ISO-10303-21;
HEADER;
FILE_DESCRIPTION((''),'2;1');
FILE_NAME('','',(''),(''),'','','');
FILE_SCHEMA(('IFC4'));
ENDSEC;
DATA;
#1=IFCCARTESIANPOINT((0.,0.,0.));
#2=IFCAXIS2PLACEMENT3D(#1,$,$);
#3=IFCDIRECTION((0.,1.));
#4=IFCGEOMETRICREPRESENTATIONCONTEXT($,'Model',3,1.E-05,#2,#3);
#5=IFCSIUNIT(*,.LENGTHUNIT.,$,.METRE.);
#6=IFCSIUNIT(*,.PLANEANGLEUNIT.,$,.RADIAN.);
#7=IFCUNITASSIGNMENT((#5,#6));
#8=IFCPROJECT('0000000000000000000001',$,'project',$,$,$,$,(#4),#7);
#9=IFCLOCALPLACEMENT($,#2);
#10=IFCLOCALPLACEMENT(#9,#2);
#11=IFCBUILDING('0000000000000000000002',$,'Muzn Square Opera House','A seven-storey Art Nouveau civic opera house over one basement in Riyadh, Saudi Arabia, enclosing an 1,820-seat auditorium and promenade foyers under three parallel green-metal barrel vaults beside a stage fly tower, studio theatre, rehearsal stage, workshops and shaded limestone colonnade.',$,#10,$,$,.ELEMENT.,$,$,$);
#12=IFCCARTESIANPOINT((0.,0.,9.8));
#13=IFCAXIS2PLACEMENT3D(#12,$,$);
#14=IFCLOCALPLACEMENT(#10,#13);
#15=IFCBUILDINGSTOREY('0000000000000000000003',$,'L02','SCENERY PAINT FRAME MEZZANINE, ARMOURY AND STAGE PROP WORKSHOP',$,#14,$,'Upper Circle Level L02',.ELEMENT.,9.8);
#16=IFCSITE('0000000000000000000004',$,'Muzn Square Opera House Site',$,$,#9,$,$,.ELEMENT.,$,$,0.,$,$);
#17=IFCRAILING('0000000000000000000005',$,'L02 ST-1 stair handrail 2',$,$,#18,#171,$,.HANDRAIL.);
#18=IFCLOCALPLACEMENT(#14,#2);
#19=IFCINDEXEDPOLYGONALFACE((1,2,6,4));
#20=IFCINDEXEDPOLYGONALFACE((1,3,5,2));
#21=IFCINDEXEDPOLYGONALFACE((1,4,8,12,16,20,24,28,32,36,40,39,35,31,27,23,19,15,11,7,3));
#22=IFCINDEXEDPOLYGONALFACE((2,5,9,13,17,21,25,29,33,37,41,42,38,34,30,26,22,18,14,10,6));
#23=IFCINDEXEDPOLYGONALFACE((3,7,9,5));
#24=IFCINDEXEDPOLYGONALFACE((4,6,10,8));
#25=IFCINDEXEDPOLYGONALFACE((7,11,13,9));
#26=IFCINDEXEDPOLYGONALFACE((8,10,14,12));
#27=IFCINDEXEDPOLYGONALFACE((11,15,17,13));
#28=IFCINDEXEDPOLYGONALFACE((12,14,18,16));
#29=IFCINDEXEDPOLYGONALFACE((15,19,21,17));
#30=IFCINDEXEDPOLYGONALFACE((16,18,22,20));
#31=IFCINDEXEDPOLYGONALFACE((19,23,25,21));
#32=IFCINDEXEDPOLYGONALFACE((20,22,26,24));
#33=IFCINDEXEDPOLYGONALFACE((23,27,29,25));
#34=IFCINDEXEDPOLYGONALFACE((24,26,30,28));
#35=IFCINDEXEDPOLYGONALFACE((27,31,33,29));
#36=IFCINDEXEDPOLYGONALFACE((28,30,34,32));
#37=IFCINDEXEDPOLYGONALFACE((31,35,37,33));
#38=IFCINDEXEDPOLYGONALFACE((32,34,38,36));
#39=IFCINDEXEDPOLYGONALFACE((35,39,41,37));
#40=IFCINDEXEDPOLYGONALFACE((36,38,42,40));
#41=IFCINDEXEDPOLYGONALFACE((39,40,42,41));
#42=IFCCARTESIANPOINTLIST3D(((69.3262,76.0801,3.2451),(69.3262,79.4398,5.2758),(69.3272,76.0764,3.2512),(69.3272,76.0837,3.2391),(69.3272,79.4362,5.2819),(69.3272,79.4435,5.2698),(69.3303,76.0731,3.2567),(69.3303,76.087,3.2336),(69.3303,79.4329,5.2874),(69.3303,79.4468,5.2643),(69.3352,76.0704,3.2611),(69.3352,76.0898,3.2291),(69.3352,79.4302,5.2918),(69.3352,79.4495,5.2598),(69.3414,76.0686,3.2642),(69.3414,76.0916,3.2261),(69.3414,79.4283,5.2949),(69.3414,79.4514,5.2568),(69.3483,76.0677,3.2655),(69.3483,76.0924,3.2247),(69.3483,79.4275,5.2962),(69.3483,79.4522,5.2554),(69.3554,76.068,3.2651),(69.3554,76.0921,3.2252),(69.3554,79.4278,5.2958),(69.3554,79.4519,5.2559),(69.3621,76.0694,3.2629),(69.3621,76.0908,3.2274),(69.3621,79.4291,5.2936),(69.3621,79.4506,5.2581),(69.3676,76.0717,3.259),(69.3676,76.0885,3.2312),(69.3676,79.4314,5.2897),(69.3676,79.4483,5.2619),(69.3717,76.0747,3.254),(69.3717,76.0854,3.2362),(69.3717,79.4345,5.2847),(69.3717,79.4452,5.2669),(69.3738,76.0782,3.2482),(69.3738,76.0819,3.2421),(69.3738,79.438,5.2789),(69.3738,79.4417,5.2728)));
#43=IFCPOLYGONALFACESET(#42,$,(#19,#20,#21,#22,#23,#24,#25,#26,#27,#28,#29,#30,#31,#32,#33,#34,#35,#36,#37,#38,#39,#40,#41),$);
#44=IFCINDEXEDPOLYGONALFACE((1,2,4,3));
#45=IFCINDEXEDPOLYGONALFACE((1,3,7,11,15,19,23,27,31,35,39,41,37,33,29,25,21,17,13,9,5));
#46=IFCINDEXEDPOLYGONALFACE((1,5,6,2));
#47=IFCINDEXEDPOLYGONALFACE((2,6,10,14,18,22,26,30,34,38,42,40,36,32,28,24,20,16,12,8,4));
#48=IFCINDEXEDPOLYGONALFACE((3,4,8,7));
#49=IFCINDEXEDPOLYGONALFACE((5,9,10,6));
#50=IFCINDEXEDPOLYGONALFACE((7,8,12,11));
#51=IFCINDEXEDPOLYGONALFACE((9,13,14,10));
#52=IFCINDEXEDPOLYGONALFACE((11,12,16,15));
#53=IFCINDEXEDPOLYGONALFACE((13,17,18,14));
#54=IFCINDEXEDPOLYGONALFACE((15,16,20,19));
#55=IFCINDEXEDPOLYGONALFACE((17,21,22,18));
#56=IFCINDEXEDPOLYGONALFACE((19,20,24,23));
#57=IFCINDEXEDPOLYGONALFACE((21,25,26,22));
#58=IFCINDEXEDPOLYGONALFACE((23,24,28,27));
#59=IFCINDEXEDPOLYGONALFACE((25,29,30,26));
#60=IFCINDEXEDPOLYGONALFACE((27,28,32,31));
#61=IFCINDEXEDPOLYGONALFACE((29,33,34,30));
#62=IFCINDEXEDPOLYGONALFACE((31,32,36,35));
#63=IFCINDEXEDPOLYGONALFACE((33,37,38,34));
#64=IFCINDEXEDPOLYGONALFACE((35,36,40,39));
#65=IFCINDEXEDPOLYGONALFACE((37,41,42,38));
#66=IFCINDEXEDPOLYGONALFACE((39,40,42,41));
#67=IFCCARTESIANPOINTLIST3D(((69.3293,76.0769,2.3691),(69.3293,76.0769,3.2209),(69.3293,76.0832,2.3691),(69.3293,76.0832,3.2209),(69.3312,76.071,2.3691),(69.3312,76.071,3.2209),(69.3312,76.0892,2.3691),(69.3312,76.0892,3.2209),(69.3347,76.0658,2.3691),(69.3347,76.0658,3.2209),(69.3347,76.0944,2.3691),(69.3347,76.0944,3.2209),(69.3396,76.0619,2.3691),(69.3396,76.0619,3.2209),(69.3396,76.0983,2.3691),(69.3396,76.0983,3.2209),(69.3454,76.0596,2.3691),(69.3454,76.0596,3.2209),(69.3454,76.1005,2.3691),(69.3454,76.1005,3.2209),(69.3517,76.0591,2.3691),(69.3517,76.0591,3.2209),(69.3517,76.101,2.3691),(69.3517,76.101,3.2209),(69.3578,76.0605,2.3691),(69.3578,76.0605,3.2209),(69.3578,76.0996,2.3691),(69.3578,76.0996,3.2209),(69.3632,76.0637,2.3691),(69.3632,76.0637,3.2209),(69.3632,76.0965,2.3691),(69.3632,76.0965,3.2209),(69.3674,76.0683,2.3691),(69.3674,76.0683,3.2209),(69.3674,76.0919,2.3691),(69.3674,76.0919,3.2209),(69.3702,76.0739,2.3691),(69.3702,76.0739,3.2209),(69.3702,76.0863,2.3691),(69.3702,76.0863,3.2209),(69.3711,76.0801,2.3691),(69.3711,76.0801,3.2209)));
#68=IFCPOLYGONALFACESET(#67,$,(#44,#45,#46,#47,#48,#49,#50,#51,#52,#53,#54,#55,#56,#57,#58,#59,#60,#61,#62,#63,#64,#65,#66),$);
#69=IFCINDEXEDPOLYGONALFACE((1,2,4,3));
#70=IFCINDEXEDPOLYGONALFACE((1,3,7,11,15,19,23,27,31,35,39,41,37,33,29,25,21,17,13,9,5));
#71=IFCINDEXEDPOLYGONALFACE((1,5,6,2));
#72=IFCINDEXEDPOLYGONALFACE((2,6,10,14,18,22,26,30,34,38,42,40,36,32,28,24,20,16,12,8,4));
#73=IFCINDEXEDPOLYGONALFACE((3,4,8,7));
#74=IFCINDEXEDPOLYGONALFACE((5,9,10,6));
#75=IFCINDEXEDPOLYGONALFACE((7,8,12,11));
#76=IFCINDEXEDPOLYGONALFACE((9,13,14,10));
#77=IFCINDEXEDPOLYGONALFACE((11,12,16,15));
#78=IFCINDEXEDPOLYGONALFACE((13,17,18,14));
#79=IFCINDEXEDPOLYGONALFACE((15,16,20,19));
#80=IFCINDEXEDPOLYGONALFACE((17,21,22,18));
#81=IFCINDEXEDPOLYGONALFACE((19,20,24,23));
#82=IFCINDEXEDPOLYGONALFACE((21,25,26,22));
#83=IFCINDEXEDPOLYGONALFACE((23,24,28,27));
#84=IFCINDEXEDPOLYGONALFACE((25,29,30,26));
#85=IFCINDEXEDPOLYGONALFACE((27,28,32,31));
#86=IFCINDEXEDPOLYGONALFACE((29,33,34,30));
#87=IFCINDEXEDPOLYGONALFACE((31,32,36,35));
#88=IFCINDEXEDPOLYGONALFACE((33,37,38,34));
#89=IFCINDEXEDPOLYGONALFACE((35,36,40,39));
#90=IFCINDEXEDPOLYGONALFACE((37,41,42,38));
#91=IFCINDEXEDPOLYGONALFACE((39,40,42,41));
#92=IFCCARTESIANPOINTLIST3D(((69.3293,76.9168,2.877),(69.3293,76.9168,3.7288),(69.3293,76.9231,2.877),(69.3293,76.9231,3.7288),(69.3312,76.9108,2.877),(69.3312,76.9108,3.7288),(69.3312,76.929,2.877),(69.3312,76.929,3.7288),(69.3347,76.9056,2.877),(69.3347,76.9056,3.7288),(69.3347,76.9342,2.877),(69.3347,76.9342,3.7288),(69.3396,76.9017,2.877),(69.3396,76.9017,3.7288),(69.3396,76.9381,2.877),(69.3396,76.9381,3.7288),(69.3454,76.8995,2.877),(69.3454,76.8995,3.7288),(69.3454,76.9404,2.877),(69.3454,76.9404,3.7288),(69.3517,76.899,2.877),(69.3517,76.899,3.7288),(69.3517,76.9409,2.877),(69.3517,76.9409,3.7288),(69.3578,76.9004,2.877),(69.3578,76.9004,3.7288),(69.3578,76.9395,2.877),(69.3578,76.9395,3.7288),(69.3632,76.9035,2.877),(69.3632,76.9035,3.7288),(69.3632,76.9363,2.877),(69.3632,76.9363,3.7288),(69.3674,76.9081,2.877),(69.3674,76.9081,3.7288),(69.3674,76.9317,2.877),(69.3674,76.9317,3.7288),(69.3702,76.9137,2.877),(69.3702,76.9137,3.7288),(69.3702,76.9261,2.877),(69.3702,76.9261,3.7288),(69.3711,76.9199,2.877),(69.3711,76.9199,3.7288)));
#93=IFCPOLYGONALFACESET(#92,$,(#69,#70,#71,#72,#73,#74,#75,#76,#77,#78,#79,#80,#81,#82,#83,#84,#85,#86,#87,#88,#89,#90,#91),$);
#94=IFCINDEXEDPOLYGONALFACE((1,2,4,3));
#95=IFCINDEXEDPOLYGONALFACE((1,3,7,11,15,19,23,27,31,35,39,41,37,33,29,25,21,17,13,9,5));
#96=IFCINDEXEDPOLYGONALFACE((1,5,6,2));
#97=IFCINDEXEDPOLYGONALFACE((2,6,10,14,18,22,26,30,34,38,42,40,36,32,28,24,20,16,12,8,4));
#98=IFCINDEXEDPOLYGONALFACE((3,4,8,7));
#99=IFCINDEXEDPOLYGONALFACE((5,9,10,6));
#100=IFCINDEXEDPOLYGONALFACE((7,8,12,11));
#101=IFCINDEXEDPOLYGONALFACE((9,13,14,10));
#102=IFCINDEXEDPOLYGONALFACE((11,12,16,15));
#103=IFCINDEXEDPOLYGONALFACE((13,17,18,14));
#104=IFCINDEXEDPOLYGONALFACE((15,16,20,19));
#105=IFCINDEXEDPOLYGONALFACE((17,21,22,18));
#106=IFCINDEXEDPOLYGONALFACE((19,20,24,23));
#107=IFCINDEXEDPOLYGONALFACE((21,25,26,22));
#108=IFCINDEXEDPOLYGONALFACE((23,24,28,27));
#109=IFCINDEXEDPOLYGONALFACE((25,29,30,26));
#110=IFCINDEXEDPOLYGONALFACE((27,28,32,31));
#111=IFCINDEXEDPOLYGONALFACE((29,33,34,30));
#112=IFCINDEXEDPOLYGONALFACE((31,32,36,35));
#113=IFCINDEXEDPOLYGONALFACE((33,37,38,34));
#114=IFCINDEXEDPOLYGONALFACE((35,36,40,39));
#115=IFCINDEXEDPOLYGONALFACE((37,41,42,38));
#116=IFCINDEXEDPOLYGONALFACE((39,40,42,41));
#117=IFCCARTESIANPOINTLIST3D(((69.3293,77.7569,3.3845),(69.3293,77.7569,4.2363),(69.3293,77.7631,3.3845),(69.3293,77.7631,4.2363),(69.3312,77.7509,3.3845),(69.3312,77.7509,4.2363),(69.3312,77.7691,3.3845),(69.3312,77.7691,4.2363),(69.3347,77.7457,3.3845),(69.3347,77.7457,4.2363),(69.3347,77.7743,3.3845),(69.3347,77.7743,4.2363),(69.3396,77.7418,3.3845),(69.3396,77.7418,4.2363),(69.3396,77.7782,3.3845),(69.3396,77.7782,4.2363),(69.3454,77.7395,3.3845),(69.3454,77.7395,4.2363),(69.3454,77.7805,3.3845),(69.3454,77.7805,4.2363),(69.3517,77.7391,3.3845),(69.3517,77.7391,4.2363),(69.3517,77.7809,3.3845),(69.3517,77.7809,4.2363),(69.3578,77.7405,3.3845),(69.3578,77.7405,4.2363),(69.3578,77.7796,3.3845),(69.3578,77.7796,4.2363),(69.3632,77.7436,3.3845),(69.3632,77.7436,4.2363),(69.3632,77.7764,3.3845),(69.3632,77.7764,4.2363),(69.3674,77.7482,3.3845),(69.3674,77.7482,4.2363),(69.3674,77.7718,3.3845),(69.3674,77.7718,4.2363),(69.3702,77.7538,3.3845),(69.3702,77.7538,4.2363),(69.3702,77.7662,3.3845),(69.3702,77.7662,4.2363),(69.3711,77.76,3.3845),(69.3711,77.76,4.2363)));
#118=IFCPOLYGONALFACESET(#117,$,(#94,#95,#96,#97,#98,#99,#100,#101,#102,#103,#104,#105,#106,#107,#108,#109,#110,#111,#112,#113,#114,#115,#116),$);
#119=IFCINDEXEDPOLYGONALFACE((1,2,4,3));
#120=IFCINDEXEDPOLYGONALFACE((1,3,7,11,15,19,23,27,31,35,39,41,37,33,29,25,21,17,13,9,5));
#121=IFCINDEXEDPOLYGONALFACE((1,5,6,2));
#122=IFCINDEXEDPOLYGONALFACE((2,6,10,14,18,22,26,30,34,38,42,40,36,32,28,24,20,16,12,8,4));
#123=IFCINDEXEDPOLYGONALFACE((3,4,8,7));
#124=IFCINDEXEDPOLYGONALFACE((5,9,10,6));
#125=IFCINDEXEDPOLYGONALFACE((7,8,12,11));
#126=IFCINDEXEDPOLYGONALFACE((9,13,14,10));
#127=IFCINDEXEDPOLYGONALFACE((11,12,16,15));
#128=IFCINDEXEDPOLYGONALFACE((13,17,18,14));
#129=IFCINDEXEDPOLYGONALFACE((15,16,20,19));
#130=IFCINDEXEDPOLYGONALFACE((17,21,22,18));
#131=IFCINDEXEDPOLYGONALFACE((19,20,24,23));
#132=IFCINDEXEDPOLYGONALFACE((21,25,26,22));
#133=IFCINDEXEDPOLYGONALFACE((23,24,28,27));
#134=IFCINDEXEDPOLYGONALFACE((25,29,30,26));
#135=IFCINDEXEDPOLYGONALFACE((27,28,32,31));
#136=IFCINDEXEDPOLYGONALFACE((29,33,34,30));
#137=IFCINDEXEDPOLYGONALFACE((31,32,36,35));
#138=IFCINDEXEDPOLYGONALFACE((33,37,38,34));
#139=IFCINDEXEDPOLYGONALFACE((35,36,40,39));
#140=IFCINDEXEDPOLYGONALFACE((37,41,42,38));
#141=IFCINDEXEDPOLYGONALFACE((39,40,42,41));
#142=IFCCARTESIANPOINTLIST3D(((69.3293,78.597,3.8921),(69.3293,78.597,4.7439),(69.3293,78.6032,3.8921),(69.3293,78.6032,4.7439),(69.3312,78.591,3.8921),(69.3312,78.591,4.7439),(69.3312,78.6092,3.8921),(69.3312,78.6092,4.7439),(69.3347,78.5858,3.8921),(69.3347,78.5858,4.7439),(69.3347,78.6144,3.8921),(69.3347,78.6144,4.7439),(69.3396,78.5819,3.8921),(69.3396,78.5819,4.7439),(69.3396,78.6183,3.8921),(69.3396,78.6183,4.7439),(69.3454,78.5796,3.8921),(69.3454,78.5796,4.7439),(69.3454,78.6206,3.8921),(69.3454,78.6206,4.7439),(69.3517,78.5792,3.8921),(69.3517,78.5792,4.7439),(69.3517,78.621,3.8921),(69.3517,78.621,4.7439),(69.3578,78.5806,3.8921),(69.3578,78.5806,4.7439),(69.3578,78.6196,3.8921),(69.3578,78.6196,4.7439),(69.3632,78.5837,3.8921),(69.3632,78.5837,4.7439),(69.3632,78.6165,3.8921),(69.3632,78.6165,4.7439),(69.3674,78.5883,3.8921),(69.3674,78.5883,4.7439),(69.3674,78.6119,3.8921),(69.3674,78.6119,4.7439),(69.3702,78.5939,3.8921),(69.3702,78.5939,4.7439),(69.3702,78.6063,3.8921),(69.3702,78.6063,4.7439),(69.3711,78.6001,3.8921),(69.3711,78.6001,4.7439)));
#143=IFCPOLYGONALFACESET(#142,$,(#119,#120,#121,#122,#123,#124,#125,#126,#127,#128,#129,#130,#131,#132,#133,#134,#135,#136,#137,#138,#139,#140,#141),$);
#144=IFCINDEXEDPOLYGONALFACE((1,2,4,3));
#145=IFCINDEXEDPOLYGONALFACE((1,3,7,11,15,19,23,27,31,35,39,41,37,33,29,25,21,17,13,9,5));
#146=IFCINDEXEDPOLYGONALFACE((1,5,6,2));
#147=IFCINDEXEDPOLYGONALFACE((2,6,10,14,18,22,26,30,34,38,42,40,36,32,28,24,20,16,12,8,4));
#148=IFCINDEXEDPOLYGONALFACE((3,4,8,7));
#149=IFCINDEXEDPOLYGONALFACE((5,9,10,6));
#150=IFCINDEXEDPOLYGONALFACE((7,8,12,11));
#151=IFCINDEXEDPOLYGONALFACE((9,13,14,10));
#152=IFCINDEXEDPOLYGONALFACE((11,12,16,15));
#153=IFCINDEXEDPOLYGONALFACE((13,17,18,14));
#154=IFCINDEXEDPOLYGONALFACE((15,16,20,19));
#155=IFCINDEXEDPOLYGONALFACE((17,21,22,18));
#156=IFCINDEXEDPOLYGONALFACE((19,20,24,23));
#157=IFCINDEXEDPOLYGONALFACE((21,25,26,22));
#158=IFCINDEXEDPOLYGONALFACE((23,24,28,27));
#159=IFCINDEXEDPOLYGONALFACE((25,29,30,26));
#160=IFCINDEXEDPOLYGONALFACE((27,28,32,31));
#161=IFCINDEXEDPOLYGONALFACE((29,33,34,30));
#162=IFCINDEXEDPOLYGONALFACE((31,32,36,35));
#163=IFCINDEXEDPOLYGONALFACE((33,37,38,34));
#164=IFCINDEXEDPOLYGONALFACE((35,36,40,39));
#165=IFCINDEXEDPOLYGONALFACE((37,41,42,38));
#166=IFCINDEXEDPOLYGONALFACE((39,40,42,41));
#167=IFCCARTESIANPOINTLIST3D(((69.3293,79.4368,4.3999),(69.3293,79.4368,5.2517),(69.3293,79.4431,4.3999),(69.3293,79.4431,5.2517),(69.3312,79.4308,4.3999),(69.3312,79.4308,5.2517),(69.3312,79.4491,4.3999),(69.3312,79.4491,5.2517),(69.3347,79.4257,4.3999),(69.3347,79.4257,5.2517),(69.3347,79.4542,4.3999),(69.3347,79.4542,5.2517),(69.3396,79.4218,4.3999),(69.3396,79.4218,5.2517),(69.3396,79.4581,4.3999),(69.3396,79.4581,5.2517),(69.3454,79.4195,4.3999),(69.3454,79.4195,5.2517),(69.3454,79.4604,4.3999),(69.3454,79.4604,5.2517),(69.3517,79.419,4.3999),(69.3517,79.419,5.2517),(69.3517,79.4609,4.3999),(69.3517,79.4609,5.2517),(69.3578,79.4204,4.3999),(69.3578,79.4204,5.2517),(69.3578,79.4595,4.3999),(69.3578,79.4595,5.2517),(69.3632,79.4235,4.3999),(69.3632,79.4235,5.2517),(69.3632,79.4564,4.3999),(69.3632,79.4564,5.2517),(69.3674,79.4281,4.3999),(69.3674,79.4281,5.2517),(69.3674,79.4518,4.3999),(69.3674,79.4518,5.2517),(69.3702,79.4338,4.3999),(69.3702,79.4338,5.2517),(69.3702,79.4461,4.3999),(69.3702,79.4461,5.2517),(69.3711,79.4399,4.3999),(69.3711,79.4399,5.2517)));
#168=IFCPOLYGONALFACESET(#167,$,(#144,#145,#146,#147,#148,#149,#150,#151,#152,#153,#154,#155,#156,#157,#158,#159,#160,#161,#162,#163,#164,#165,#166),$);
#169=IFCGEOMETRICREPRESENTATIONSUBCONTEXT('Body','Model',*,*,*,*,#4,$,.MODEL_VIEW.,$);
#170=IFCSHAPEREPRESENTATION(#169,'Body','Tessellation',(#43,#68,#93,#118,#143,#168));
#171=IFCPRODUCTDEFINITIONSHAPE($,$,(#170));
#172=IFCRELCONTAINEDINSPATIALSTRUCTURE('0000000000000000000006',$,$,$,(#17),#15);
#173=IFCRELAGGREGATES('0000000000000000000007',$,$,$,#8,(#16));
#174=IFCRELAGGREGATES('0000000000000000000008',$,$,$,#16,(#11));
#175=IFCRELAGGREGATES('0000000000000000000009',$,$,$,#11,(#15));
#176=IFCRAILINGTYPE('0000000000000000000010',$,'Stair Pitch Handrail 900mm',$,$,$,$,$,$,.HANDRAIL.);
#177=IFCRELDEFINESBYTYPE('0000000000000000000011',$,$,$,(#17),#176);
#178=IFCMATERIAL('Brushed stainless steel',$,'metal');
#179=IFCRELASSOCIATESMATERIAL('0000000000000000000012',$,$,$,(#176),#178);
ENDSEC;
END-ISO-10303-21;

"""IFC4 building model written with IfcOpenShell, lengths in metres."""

from ifc_helpers import new_model, si_unit, direction, frame, origin, origin_2d, place, context, subcontext, project, spatial, circle, extrude, material, type_object, element, save


model = new_model("IFC4")

# Units and contexts
model_context = context("Model", 3, precision=1e-05, world=origin(), true_north=direction((0.0, 1.0)))
body_context = subcontext(model_context, "Body", "Model", "MODEL_VIEW")
ifc_project = project(units=[si_unit("LENGTHUNIT", "METRE"), si_unit("PLANEANGLEUNIT", "RADIAN")], contexts=[model_context])

# Site, building, storey
site_placement = place(None, origin())
site = spatial("IfcSite", under=ifc_project, at=site_placement, Name="Muzn Square Opera House Site", CompositionType="ELEMENT", RefElevation=0.0)
building_placement = place(site_placement, origin())
building = spatial("IfcBuilding", under=site, at=building_placement, Name="Muzn Square Opera House", Description="A seven-storey Art Nouveau civic opera house over one basement in Riyadh, Saudi Arabia, enclosing an 1,820-seat auditorium and promenade foyers under three parallel green-metal barrel vaults beside a stage fly tower, studio theatre, rehearsal stage, workshops and shaded limestone colonnade.", CompositionType="ELEMENT")
storey_placement = place(building_placement, frame((0.0, 0.0, 9.8)))
storey = spatial("IfcBuildingStorey", under=building, at=storey_placement, Name="L02", Description="SCENERY PAINT FRAME MEZZANINE, ARMOURY AND STAGE PROP WORKSHOP", LongName="Upper Circle Level L02", CompositionType="ELEMENT", Elevation=9.8)

# Railing
ifc_material_1 = material(Name="Brushed stainless steel", Category="metal")
railing_type_1 = type_object("IfcRailingType", Name="Stair Pitch Handrail 900mm", PredefinedType="HANDRAIL", material=ifc_material_1)
railing_1_placement = place(storey_placement, frame((69.3501, 76.0801, 2.3691)))
element("IfcRailing", 1, at=railing_1_placement, inside=storey, type_object=railing_type_1, Name="L02 ST-1 stair handrail 2", PredefinedType="HANDRAIL", context=body_context, shape_type="SweptSolid", body=[
    extrude(circle(Radius=0.0239, at=origin_2d()), frame((0.0, 0.0, 0.876), z_axis=(0.0, 0.85582, 0.517273), x_axis=(-1.0, 0.0, 0.0)), (0.0, 0.0, 1.0), 3.9258),
    extrude(circle(Radius=0.021, at=origin_2d()), origin(), (0.0, 0.0, 1.0), 0.8518),
    extrude(circle(Radius=0.021, at=origin_2d()), frame((0.0, 0.8398, 0.5078)), (0.0, 0.0, 1.0), 0.8518),
    extrude(circle(Radius=0.021, at=origin_2d()), frame((0.0, 1.6799, 1.0154)), (0.0, 0.0, 1.0), 0.8518),
    extrude(circle(Radius=0.021, at=origin_2d()), frame((0.0, 2.52, 1.5229)), (0.0, 0.0, 1.0), 0.8518),
    extrude(circle(Radius=0.021, at=origin_2d()), frame((0.0, 3.3599, 2.0308)), (0.0, 0.0, 1.0), 0.8518),
])

save(model, "model.ifc")
